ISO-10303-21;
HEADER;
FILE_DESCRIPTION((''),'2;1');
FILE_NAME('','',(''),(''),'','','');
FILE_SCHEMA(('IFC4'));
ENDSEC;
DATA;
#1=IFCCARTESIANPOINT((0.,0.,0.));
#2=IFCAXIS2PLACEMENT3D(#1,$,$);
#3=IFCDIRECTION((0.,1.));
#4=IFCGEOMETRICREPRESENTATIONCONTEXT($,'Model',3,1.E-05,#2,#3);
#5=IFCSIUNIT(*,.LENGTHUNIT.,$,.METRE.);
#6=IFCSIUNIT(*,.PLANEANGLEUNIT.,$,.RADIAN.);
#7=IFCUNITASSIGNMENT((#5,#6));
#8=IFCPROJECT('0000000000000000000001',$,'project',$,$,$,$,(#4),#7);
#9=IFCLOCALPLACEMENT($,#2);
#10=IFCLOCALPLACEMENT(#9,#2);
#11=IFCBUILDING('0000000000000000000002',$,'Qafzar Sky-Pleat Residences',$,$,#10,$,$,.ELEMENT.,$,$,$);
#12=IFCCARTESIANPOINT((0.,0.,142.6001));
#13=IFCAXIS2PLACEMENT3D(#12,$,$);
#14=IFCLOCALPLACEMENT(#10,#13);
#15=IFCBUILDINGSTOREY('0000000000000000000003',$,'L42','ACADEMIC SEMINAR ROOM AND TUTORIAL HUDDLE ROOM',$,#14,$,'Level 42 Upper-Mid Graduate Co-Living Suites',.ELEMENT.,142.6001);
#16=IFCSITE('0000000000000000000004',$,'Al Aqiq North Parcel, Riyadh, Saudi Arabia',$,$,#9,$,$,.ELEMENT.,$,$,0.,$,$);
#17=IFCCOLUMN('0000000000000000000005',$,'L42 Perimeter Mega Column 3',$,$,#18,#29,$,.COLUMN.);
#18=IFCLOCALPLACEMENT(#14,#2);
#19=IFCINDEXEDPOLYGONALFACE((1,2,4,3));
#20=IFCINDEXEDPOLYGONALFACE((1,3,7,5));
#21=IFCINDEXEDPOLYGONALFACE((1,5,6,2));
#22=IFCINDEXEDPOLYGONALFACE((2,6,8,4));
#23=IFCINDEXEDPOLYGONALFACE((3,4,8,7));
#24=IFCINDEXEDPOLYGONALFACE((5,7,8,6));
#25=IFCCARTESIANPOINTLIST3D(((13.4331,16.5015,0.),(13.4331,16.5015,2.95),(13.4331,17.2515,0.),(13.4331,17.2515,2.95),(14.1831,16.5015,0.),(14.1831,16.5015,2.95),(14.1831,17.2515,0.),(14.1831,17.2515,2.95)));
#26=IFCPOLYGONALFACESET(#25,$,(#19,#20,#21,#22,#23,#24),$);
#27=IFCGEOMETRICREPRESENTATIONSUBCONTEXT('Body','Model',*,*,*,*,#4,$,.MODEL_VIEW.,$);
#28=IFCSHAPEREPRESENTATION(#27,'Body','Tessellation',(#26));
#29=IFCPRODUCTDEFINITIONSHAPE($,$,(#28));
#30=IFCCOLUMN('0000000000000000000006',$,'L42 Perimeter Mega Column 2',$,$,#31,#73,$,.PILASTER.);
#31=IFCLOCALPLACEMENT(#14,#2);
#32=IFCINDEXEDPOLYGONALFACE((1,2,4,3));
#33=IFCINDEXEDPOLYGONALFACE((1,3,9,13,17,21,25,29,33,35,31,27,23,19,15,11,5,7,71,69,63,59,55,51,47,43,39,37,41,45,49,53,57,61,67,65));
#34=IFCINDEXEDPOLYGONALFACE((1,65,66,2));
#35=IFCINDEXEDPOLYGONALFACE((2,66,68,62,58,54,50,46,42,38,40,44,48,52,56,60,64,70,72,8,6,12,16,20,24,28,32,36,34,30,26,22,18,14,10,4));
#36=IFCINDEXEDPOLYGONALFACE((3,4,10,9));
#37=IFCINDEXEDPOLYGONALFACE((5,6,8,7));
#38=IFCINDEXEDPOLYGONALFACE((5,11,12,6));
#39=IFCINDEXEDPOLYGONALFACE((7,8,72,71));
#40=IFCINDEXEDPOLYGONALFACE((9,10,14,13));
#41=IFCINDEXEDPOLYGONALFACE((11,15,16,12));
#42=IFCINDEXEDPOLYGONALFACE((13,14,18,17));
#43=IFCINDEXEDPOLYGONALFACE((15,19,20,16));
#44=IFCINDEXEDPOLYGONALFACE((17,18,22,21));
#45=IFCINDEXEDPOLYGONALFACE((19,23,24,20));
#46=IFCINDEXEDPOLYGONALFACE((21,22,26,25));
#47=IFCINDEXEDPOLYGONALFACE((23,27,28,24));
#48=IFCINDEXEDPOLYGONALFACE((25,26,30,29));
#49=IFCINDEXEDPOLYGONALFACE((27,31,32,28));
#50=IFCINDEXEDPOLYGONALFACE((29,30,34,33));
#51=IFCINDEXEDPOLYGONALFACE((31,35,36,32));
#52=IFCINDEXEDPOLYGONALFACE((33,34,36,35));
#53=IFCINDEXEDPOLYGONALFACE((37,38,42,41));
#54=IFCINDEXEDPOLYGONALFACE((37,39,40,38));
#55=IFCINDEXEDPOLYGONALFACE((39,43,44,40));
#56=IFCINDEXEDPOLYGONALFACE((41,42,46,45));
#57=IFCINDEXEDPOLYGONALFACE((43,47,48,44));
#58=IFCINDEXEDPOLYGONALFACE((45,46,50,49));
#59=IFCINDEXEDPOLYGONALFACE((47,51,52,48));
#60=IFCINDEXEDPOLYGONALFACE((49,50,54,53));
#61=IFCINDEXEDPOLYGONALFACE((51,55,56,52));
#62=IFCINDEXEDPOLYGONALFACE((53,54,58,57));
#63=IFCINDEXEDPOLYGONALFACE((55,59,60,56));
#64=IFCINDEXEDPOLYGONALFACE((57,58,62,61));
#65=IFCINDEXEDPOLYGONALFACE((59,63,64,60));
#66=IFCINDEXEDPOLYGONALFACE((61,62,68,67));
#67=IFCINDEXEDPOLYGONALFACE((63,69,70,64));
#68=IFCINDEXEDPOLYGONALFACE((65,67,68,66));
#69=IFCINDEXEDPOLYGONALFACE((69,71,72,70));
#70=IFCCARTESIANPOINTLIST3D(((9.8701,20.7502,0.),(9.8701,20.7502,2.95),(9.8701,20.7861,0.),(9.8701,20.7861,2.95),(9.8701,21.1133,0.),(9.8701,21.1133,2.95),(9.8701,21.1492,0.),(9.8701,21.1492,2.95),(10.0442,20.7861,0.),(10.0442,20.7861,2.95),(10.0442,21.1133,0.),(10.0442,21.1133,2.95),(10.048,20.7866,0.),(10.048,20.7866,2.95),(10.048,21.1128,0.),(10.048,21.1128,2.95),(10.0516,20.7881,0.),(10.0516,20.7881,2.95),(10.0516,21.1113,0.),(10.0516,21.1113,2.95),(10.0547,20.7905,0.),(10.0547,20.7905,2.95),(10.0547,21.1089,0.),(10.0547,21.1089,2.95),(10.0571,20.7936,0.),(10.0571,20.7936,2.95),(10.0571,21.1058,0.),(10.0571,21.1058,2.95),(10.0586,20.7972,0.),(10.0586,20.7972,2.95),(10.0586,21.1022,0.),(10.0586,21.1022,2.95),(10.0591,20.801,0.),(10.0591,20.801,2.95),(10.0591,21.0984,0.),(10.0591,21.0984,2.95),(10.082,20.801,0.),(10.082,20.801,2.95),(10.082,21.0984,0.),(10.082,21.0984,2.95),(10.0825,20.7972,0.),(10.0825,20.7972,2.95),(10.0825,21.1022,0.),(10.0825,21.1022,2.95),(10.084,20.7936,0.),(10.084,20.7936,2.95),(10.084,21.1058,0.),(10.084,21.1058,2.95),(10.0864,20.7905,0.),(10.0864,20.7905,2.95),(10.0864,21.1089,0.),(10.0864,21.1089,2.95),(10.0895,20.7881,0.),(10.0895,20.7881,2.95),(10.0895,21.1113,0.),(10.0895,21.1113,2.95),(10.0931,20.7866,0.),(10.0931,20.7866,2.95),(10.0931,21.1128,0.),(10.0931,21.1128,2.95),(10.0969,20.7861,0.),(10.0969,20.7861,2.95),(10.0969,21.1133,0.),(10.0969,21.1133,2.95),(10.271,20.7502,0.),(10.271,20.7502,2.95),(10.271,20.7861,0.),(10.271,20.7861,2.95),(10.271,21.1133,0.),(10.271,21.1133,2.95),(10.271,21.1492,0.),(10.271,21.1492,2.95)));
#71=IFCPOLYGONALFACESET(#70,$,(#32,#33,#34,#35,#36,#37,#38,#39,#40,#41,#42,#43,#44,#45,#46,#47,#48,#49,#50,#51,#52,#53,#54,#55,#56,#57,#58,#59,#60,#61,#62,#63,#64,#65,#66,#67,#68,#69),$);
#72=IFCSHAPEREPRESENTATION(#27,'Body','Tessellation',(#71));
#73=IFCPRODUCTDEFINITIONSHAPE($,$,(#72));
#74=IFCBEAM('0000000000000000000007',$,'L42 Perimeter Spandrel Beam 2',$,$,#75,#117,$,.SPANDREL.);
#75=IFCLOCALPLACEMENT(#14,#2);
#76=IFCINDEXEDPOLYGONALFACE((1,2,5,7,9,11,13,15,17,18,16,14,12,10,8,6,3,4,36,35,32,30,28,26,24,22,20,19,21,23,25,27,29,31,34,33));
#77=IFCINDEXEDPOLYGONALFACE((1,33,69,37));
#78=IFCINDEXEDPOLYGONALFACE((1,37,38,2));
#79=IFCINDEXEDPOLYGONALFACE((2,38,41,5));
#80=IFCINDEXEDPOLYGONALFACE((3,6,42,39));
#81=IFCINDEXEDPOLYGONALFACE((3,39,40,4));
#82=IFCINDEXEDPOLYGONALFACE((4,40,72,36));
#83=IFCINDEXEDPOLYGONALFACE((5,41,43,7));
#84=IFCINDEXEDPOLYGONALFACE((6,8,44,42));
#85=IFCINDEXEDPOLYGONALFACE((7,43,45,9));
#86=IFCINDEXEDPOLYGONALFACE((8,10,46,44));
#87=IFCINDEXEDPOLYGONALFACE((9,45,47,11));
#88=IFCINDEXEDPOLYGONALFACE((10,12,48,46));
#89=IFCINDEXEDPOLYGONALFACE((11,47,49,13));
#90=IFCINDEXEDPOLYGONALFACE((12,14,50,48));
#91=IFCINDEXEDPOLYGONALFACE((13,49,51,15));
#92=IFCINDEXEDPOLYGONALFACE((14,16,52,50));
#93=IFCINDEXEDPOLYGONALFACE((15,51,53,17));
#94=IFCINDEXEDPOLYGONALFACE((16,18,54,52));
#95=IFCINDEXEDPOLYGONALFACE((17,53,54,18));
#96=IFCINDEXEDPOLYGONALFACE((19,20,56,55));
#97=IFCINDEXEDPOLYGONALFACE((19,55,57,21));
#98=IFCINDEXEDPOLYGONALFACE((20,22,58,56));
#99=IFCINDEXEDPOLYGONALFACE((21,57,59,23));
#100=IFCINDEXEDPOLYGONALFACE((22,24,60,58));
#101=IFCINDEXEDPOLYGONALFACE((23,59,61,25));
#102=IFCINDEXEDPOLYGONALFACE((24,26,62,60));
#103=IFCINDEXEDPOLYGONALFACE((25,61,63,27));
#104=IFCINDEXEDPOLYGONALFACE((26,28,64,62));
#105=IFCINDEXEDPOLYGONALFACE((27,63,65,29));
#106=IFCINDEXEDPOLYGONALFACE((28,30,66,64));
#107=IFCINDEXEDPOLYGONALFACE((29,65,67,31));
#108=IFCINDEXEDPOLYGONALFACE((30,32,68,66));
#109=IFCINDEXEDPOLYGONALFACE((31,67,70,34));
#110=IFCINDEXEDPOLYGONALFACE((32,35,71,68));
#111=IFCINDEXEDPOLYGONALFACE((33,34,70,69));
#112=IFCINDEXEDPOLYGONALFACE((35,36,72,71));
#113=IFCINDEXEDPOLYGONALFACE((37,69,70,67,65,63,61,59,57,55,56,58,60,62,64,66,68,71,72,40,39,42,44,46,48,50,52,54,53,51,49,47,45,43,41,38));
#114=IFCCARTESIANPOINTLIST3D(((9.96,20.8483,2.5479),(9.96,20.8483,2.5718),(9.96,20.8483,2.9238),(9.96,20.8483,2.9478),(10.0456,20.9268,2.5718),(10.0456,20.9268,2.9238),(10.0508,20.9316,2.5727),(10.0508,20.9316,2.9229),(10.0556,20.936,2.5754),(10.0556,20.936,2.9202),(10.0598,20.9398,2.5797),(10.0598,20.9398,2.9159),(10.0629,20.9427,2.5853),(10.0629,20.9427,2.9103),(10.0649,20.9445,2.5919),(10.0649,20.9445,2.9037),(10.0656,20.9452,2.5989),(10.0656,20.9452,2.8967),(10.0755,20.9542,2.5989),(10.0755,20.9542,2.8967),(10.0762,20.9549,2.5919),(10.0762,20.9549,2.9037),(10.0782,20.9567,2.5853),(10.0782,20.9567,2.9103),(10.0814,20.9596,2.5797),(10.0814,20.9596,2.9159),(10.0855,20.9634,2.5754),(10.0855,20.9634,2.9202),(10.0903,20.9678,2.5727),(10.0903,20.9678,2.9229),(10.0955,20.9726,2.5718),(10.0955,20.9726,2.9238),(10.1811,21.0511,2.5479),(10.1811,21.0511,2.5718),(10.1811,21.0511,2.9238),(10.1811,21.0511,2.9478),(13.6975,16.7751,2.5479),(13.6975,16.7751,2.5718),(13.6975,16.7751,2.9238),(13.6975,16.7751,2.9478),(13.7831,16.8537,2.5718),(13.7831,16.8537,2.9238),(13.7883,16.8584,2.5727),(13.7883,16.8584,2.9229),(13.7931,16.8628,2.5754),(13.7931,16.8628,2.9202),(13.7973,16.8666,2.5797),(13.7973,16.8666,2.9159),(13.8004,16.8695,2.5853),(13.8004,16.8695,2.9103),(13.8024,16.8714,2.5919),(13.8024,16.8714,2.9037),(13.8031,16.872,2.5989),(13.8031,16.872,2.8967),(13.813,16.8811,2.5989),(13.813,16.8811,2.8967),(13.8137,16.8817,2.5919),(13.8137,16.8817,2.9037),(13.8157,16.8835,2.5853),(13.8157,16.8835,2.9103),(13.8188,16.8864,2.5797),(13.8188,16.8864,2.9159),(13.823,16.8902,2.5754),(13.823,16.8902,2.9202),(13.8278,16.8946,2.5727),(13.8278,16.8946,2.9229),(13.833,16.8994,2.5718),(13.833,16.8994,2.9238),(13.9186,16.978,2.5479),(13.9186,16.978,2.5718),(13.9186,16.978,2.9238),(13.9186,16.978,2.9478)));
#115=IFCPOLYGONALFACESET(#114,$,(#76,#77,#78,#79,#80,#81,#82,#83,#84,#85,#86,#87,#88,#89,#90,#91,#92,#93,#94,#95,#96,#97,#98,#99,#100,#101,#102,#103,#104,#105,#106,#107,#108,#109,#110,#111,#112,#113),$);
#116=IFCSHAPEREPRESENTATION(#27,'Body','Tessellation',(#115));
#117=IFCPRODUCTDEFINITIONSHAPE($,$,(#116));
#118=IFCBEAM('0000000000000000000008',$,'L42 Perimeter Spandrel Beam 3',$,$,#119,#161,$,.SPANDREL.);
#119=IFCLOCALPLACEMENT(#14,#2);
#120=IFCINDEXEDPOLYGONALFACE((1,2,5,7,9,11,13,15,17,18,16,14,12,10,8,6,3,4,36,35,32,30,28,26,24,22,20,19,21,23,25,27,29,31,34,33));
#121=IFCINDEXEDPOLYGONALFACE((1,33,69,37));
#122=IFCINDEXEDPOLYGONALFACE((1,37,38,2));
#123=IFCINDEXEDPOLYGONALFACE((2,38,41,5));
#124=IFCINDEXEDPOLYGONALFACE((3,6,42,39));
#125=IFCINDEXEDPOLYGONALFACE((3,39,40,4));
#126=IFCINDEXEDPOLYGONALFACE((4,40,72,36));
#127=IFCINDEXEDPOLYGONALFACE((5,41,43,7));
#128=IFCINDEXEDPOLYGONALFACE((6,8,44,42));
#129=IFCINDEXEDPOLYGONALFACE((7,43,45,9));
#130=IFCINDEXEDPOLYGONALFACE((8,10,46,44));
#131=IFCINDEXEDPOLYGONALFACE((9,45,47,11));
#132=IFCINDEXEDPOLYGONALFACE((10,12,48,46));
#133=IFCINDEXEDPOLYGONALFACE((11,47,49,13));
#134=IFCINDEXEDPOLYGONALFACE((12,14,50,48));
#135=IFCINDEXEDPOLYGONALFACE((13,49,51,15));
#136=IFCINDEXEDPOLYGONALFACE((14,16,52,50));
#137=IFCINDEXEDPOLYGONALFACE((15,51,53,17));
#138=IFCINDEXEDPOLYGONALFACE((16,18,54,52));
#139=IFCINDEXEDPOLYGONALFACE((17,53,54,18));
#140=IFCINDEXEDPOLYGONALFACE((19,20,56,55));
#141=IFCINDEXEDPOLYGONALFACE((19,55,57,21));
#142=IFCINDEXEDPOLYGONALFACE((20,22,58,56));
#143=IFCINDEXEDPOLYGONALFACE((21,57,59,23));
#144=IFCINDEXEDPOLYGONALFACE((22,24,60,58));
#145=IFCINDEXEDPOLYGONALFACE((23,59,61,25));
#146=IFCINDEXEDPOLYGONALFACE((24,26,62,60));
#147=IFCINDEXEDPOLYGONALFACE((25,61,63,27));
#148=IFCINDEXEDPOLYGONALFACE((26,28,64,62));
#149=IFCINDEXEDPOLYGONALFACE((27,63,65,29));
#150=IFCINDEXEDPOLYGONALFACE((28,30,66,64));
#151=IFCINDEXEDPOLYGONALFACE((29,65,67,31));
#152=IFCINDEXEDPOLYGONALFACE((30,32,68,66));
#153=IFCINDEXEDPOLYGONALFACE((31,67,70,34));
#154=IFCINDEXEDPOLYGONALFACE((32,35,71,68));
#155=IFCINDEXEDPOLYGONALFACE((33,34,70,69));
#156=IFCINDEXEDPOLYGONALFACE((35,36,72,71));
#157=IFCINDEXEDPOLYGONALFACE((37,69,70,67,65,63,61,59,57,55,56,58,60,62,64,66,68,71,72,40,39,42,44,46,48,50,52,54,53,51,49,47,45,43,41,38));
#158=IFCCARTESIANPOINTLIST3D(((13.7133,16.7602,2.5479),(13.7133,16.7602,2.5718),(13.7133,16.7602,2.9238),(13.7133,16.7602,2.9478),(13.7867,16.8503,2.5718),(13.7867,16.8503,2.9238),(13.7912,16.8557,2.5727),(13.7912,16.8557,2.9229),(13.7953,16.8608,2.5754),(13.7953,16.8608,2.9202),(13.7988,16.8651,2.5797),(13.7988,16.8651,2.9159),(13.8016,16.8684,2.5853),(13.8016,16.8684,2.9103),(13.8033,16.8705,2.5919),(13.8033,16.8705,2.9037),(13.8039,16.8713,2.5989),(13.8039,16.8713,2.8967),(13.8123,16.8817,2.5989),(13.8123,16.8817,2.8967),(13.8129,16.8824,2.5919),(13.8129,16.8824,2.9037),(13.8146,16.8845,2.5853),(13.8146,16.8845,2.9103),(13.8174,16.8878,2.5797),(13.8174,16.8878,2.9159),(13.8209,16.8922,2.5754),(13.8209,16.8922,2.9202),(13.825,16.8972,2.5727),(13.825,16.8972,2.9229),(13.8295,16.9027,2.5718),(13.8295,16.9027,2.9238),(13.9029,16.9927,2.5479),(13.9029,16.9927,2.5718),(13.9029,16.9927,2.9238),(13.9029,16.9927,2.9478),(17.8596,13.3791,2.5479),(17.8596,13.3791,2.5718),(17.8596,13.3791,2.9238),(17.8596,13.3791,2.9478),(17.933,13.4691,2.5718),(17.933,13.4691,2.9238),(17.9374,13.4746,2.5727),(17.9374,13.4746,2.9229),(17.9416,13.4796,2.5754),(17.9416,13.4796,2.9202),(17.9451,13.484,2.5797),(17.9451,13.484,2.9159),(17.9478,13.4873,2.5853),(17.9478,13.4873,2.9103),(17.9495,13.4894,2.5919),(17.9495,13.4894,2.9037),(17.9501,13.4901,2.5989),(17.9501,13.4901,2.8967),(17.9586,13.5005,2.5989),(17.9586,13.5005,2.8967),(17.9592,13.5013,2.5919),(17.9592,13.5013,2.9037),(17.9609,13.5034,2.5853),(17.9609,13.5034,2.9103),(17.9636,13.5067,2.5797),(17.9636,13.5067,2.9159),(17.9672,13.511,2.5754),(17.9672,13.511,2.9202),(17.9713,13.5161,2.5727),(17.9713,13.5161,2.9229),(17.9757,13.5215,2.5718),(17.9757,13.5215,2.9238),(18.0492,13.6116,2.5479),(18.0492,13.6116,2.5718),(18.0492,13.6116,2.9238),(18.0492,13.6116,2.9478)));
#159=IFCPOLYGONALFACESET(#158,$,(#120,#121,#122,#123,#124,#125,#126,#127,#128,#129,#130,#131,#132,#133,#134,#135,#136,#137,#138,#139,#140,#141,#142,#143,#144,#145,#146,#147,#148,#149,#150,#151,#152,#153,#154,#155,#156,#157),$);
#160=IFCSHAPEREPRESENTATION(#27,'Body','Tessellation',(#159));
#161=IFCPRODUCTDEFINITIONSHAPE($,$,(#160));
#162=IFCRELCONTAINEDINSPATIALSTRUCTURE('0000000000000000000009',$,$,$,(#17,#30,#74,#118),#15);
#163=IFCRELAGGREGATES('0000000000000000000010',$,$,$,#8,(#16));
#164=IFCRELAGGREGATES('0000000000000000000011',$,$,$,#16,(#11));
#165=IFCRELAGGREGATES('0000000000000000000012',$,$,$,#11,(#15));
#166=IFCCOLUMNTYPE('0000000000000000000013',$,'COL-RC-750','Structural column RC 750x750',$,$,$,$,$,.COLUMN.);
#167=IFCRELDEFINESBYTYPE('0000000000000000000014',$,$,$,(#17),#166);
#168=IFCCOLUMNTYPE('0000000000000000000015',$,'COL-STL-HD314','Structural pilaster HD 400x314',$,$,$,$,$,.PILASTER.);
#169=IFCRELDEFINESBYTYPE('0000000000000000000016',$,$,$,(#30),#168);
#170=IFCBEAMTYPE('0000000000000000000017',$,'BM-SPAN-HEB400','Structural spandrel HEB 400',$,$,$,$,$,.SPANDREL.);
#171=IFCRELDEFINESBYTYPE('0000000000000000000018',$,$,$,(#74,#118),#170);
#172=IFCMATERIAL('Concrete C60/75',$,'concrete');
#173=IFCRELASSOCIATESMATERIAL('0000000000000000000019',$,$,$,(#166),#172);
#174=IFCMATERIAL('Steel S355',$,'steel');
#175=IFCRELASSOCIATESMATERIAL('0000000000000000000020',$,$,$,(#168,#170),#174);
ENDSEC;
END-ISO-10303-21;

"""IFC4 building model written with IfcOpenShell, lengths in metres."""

from ifc_helpers import new_model, si_unit, direction, frame, origin, origin_2d, place, context, subcontext, project, spatial, rectangle, i_section, extrude, source, transform, mapped, material, material_profile, profile_set, type_object, element, save


model = new_model("IFC4")

# Units and contexts
model_context = context("Model", 3, precision=1e-05, world=origin(), true_north=direction((0.0, 1.0)))
body_context = subcontext(model_context, "Body", "Model", "MODEL_VIEW")
ifc_project = project(units=[si_unit("LENGTHUNIT", "METRE"), si_unit("PLANEANGLEUNIT", "RADIAN")], contexts=[model_context])

# Site, building, storey
site_placement = place(None, origin())
site = spatial("IfcSite", under=ifc_project, at=site_placement, Name="Al Aqiq North Parcel, Riyadh, Saudi Arabia", CompositionType="ELEMENT", RefElevation=0.0)
building_placement = place(site_placement, origin())
building = spatial("IfcBuilding", under=site, at=building_placement, Name="Qafzar Sky-Pleat Residences", CompositionType="ELEMENT")
storey_placement = place(building_placement, frame((0.0, 0.0, 142.6001)))
storey = spatial("IfcBuildingStorey", under=building, at=storey_placement, Name="L42", Description="ACADEMIC SEMINAR ROOM AND TUTORIAL HUDDLE ROOM", LongName="Level 42 Upper-Mid Graduate Co-Living Suites", CompositionType="ELEMENT", Elevation=142.6001)

# Columns
ifc_material_1 = material(Name="Concrete C60/75", Category="concrete")
ifc_material_profile_1 = material_profile(ifc_material_1, rectangle(XDim=0.75, YDim=0.75, at=origin_2d()), Name="RC 750x750")
ifc_profile_set_1 = profile_set([ifc_material_profile_1], Name="Concrete C60/75")
column_type_1 = type_object("IfcColumnType", Name="COL-RC-750", Description="Structural column RC 750x750", PredefinedType="COLUMN", material=ifc_profile_set_1)
shared_shape_1 = source(origin(), body_context, "Body", "SweptSolid", [
    extrude(rectangle(XDim=0.75, YDim=0.75, at=origin_2d()), origin(), (0.0, 0.0, 1.0), 2.95),
])
column_1_placement = place(storey_placement, frame((13.8081, 16.8765, 0.0), z_axis=(0.0, 0.0, 1.0), x_axis=(1.0, 0.0, 0.0)))
element("IfcColumn", 1, at=column_1_placement, inside=storey, type_object=column_type_1, Name="L42 Perimeter Mega Column 3", PredefinedType="COLUMN", context=body_context, shape_type="MappedRepresentation", body=[
    mapped(shared_shape_1, transform((0.0, 0.0, 0.0), x_axis=(1.0, 0.0, 0.0), y_axis=(0.0, 1.0, 0.0), z_axis=(0.0, 0.0, 1.0), scale=1.0)),
])
ifc_material_2 = material(Name="Steel S355", Category="steel")
ifc_material_profile_2 = material_profile(ifc_material_2, i_section(OverallWidth=0.4009, OverallDepth=0.3989, WebThickness=0.0229, FlangeThickness=0.0359, FilletRadius=0.0149, at=origin_2d()), Name="HD 400x314")
ifc_profile_set_2 = profile_set([ifc_material_profile_2], Name="Steel S355")
column_type_2 = type_object("IfcColumnType", Name="COL-STL-HD314", Description="Structural pilaster HD 400x314", PredefinedType="PILASTER", material=ifc_profile_set_2)
shared_shape_2 = source(origin(), body_context, "Body", "SweptSolid", [
    extrude(i_section(OverallWidth=0.4009, OverallDepth=0.3989, WebThickness=0.0229, FlangeThickness=0.0359, FilletRadius=0.0149, at=origin_2d()), origin(), (0.0, 0.0, 1.0), 2.95),
])
column_2_placement = place(storey_placement, frame((10.0706, 20.9497, 0.0), z_axis=(0.0, 0.0, 1.0), x_axis=(1.0, 0.0, 0.0)))
element("IfcColumn", 2, at=column_2_placement, inside=storey, type_object=column_type_2, Name="L42 Perimeter Mega Column 2", PredefinedType="PILASTER", context=body_context, shape_type="MappedRepresentation", body=[
    mapped(shared_shape_2, transform((0.0, 0.0, 0.0), x_axis=(1.0, 0.0, 0.0), y_axis=(0.0, 1.0, 0.0), z_axis=(0.0, 0.0, 1.0), scale=1.0)),
])

# Beams
ifc_material_profile_3 = material_profile(ifc_material_2, i_section(OverallWidth=0.3, OverallDepth=0.3999, WebThickness=0.0134, FlangeThickness=0.0239, FilletRadius=0.0271, at=origin_2d()), Name="HEB 400")
ifc_profile_set_3 = profile_set([ifc_material_profile_3], Name="Steel S355")
beam_type_1 = type_object("IfcBeamType", Name="BM-SPAN-HEB400", Description="Structural spandrel HEB 400", PredefinedType="SPANDREL", material=ifc_profile_set_3)
shared_shape_3 = source(origin(), body_context, "Body", "SweptSolid", [
    extrude(i_section(OverallWidth=0.3, OverallDepth=0.3999, WebThickness=0.0134, FlangeThickness=0.0239, FilletRadius=0.0271, at=origin_2d()), origin(), (0.0, 0.0, 1.0), 5.5281),
])
beam_1_placement = place(storey_placement, frame((10.0706, 20.9497, 2.7478), z_axis=(0.676093, -0.736817, 0.0), x_axis=(0.736817, 0.676093, 0.0)))
element("IfcBeam", 3, at=beam_1_placement, inside=storey, type_object=beam_type_1, Name="L42 Perimeter Spandrel Beam 2", PredefinedType="SPANDREL", context=body_context, shape_type="MappedRepresentation", body=[
    mapped(shared_shape_3, transform((0.0, 0.0, 0.0), x_axis=(1.0, 0.0, 0.0), y_axis=(0.0, 1.0, 0.0), z_axis=(0.0, 0.0, 1.0), scale=1.0)),
])
shared_shape_4 = source(origin(), body_context, "Body", "SweptSolid", [
    extrude(i_section(OverallWidth=0.3, OverallDepth=0.3999, WebThickness=0.0134, FlangeThickness=0.0239, FilletRadius=0.0271, at=origin_2d()), origin(), (0.0, 0.0, 1.0), 5.3501),
])
beam_2_placement = place(storey_placement, frame((13.8081, 16.8765, 2.7478), z_axis=(0.774989, -0.631975, 0.0), x_axis=(0.631975, 0.774989, 0.0)))
element("IfcBeam", 4, at=beam_2_placement, inside=storey, type_object=beam_type_1, Name="L42 Perimeter Spandrel Beam 3", PredefinedType="SPANDREL", context=body_context, shape_type="MappedRepresentation", body=[
    mapped(shared_shape_4, transform((0.0, 0.0, 0.0), x_axis=(1.0, 0.0, 0.0), y_axis=(0.0, 1.0, 0.0), z_axis=(0.0, 0.0, 1.0), scale=1.0)),
])

save(model, "model.ifc")
